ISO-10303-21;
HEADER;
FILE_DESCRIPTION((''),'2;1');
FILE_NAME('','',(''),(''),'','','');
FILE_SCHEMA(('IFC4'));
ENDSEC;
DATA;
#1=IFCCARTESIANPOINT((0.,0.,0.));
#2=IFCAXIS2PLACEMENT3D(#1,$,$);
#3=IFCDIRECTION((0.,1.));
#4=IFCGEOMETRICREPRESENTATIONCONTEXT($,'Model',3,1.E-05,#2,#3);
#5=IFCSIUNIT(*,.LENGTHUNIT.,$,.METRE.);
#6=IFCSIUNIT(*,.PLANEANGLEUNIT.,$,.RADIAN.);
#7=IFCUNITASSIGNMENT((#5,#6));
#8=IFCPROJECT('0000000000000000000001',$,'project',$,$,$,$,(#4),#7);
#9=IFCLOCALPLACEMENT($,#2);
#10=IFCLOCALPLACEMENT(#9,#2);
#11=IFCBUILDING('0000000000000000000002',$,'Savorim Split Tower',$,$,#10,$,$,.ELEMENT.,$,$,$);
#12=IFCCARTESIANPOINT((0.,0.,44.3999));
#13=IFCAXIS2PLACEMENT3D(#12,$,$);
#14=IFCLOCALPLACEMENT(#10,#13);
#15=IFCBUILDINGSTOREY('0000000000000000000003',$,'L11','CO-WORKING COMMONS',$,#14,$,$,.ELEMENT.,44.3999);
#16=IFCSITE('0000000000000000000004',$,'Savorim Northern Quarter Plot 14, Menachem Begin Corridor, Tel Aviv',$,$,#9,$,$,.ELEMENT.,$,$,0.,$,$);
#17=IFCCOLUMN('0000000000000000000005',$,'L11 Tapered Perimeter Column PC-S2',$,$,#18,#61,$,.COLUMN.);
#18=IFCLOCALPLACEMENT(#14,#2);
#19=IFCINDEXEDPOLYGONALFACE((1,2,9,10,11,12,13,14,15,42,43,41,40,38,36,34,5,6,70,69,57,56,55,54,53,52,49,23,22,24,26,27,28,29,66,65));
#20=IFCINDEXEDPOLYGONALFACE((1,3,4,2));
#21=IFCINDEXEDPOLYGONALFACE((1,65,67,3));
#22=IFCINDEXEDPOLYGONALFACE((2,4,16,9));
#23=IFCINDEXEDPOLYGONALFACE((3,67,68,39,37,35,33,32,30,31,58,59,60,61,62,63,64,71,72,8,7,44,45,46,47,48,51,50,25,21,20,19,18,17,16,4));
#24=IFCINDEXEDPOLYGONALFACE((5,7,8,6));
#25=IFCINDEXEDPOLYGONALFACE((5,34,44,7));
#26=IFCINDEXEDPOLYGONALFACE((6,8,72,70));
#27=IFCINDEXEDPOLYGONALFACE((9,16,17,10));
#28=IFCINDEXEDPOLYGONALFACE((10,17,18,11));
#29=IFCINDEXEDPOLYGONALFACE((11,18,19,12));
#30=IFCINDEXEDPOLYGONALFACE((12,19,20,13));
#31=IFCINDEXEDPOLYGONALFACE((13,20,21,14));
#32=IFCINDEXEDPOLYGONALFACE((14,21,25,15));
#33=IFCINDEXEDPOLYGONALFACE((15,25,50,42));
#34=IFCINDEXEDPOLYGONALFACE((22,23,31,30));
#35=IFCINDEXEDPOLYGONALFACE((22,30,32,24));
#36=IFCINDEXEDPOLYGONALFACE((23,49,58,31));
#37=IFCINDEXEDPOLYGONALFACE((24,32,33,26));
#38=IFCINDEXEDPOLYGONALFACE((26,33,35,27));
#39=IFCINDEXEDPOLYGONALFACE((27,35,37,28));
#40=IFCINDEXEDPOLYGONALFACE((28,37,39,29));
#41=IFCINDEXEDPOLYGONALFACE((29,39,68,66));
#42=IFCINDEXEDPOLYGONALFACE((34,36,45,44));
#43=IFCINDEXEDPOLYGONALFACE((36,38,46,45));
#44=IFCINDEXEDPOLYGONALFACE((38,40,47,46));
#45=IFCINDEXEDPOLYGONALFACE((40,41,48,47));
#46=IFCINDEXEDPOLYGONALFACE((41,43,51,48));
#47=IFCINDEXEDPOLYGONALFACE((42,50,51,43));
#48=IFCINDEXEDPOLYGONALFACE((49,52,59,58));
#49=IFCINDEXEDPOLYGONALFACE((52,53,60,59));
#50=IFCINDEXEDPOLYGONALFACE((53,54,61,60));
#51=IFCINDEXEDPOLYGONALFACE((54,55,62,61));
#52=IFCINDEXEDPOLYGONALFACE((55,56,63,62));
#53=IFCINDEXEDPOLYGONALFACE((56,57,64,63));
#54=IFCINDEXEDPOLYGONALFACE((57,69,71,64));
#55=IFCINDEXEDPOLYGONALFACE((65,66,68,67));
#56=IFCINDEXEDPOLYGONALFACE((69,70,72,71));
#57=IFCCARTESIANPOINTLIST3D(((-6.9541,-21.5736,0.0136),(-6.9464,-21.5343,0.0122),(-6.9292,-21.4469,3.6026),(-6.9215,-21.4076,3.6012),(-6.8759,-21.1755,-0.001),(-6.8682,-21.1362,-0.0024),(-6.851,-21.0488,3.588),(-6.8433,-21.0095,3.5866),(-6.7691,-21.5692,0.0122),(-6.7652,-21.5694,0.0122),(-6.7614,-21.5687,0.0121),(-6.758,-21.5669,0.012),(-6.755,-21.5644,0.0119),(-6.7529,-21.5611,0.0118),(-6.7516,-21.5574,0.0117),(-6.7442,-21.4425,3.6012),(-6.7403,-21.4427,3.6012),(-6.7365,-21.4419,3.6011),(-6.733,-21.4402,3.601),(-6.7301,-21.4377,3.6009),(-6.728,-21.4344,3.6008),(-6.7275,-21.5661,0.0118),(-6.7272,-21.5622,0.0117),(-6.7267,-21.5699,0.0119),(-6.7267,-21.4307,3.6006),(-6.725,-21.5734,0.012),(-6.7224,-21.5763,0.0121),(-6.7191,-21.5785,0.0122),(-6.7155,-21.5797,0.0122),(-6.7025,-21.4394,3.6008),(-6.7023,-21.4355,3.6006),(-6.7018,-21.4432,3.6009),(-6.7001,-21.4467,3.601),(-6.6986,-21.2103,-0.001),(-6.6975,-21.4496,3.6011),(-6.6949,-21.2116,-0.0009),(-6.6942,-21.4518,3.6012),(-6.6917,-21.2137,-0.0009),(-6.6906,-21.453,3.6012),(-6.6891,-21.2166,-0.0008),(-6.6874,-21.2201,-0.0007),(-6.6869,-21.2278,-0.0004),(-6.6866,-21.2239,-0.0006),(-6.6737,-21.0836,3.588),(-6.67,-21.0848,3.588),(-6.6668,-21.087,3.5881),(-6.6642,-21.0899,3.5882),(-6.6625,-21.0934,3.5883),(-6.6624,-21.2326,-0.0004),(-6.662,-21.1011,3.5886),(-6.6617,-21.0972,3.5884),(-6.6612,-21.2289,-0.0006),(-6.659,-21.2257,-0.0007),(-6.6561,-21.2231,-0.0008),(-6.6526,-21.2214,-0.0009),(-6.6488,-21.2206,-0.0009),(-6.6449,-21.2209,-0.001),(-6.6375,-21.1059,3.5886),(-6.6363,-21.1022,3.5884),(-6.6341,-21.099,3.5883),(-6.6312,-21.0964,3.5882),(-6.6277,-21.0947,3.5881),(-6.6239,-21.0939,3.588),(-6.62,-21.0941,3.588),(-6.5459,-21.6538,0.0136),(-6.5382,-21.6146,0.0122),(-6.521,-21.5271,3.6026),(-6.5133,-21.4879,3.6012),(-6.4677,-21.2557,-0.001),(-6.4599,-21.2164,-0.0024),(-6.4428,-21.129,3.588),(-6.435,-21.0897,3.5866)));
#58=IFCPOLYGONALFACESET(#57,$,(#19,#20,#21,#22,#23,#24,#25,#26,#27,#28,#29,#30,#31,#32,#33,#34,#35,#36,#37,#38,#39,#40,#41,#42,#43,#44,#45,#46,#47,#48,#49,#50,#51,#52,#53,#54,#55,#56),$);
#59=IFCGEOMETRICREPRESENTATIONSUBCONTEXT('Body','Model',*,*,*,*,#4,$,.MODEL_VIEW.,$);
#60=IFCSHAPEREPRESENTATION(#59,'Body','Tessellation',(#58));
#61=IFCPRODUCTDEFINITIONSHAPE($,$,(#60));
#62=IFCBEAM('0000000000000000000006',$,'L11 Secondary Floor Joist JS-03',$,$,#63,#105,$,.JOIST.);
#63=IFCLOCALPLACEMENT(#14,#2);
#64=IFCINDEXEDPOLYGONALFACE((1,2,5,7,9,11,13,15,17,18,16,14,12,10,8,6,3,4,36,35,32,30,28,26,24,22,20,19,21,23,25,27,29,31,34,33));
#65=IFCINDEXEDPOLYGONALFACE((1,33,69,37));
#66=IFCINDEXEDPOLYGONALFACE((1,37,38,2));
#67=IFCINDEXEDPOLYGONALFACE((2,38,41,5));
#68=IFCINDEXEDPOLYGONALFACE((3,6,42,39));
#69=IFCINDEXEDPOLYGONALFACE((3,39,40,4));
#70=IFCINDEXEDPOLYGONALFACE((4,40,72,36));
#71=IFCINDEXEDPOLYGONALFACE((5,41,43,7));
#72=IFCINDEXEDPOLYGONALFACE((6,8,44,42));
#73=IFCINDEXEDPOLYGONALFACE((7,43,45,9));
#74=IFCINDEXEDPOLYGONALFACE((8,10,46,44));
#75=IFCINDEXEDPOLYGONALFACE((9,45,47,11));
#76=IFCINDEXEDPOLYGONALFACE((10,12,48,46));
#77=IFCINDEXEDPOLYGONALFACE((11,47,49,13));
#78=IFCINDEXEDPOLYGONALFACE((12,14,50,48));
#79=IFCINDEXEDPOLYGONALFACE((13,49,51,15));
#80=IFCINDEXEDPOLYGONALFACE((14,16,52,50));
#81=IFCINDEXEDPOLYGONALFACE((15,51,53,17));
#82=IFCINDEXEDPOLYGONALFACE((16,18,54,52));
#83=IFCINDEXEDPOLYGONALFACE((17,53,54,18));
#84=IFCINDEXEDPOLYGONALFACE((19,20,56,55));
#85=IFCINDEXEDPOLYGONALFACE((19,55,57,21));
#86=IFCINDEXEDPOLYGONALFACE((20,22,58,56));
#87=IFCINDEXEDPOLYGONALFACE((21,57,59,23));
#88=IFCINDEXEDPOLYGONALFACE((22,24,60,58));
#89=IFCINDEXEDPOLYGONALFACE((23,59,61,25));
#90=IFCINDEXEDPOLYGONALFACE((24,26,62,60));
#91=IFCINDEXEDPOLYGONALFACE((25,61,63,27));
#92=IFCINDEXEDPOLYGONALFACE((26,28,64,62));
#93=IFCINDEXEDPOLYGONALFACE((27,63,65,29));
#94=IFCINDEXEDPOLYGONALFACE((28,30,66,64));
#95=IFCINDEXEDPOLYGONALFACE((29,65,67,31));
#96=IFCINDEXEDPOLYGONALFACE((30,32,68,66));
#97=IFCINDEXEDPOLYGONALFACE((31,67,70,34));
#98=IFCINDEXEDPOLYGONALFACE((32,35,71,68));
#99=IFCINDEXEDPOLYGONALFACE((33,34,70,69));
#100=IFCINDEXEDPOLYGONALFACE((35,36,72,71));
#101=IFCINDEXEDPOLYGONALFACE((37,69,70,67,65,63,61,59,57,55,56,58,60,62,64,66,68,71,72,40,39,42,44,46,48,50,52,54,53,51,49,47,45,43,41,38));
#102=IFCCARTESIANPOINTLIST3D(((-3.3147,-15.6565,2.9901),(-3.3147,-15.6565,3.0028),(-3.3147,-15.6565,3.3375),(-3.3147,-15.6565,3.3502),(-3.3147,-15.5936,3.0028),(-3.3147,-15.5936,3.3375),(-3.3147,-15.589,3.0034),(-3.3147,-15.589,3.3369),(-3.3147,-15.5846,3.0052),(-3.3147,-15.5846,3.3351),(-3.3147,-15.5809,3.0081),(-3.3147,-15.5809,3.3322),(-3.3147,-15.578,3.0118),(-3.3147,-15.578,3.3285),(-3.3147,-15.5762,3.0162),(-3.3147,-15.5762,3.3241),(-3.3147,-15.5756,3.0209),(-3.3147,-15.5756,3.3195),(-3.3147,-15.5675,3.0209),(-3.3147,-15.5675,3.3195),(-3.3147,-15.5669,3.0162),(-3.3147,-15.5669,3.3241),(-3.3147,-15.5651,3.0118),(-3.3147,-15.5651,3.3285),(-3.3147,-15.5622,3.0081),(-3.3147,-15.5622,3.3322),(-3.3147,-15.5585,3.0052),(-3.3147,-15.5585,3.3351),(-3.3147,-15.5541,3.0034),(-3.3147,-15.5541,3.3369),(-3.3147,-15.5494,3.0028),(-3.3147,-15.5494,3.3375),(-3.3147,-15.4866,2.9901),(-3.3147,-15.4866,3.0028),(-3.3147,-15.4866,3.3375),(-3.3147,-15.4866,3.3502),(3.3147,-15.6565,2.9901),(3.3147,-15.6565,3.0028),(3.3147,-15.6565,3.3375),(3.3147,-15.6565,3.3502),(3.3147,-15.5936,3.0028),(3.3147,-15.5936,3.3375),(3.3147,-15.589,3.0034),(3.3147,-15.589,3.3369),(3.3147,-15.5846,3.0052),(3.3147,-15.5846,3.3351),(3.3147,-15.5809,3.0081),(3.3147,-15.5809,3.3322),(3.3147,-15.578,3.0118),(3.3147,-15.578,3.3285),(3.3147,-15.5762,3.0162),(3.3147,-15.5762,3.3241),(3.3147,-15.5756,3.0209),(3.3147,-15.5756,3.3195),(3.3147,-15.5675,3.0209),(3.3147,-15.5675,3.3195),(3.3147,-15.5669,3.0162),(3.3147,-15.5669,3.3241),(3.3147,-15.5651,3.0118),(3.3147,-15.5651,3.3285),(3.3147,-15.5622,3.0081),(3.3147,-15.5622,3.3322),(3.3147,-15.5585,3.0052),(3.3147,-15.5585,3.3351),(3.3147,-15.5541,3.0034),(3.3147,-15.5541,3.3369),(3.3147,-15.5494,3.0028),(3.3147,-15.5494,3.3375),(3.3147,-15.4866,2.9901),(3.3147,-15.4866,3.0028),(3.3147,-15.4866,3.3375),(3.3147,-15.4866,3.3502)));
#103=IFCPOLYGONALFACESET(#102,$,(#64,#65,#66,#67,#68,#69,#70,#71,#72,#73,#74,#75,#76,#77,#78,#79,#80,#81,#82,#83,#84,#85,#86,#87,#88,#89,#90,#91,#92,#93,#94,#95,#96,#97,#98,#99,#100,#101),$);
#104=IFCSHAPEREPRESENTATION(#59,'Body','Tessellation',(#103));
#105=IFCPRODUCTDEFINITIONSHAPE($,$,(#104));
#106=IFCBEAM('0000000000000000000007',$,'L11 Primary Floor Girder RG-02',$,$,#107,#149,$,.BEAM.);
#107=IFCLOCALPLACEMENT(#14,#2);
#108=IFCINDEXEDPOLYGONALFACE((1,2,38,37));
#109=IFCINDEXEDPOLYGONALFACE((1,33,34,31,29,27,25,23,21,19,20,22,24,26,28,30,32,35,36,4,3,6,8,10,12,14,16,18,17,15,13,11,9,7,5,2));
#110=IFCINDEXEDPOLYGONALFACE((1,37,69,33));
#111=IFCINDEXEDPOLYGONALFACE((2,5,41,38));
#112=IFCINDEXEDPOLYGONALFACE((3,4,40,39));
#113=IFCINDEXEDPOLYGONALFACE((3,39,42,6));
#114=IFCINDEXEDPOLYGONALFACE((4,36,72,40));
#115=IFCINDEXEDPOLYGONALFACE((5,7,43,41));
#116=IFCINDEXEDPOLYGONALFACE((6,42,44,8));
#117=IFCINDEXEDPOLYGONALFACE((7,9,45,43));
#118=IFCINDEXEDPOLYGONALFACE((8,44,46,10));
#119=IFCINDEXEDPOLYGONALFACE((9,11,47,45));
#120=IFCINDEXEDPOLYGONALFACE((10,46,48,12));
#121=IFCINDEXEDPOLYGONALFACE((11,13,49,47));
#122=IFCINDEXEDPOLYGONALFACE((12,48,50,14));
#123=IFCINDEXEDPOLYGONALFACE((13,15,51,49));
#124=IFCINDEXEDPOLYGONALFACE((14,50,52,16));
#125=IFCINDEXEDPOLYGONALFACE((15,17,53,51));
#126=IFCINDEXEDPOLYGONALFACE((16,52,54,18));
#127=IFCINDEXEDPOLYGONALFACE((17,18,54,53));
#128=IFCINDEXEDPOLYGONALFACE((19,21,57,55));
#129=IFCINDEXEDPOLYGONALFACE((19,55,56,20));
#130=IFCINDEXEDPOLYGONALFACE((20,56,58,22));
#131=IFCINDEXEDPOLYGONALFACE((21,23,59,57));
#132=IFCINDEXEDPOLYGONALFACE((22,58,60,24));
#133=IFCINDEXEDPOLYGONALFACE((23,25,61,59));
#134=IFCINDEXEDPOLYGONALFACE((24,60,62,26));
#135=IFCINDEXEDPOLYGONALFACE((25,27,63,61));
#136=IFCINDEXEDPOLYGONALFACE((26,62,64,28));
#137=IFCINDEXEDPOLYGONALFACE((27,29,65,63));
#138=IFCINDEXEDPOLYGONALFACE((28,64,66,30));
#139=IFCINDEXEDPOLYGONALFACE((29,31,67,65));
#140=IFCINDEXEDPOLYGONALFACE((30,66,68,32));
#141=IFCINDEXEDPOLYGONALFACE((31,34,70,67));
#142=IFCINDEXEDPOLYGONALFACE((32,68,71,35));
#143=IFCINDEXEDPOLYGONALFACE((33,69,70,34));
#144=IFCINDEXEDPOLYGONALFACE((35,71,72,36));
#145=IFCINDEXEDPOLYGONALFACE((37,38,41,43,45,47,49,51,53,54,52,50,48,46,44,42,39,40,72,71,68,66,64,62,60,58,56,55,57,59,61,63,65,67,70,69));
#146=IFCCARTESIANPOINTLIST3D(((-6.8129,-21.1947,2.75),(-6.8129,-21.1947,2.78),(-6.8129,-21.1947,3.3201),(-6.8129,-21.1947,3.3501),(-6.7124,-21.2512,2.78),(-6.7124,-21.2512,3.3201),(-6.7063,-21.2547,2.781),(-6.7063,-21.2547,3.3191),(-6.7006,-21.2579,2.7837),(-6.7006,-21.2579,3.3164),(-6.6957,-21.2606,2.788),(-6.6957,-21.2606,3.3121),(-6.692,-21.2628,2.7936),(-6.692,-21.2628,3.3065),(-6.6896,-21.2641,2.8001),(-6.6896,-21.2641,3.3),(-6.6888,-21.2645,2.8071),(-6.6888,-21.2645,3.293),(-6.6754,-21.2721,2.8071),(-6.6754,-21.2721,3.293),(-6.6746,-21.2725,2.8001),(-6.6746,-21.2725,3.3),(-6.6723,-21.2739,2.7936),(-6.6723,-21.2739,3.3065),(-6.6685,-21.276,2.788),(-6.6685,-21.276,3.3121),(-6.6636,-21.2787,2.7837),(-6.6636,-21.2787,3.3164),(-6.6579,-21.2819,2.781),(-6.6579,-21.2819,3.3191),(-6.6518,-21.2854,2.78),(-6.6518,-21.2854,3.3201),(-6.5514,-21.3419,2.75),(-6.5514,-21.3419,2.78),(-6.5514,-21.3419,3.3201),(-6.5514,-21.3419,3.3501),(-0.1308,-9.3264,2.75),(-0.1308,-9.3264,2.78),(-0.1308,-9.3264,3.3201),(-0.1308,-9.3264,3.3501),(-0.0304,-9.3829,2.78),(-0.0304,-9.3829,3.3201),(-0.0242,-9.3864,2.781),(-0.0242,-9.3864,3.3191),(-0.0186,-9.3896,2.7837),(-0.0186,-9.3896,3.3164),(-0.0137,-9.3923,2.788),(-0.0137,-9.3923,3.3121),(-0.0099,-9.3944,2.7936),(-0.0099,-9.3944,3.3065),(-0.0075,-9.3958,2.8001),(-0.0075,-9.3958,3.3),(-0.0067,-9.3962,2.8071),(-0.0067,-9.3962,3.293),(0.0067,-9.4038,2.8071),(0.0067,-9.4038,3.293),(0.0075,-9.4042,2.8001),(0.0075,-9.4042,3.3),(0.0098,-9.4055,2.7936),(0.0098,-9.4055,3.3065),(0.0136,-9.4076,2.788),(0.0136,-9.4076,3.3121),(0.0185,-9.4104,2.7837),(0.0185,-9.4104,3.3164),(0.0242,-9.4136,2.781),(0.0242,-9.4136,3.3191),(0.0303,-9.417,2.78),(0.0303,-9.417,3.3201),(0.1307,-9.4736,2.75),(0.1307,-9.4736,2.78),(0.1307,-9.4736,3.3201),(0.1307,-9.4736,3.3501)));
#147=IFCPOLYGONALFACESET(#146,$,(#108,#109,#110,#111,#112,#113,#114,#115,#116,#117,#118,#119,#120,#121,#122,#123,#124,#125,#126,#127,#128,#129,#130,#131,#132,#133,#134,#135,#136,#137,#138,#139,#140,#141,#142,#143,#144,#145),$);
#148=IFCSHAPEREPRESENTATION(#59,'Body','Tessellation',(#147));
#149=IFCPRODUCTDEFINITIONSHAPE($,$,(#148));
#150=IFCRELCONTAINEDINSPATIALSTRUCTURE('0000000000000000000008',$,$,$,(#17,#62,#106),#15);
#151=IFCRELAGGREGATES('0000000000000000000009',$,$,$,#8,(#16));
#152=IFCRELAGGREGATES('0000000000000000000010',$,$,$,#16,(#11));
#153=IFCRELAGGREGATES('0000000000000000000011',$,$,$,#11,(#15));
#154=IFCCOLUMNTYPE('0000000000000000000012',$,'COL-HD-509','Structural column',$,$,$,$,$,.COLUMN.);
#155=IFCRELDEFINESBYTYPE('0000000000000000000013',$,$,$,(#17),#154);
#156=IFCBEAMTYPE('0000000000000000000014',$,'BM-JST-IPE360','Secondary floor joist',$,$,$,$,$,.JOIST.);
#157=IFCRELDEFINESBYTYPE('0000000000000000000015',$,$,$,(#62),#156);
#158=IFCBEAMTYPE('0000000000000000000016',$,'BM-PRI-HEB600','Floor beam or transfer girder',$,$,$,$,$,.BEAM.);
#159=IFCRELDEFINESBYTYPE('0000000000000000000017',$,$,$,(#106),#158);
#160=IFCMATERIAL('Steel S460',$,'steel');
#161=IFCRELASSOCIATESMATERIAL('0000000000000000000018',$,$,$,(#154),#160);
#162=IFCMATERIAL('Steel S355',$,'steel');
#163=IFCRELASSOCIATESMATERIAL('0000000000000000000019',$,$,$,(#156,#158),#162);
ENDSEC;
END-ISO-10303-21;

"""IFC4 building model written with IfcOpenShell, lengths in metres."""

from ifc_helpers import new_model, si_unit, direction, frame, origin, origin_2d, place, context, subcontext, project, spatial, i_section, extrude, material, material_profile, profile_set, type_object, element, save


model = new_model("IFC4")

# Units and contexts
model_context = context("Model", 3, precision=1e-05, world=origin(), true_north=direction((0.0, 1.0)))
body_context = subcontext(model_context, "Body", "Model", "MODEL_VIEW")
ifc_project = project(units=[si_unit("LENGTHUNIT", "METRE"), si_unit("PLANEANGLEUNIT", "RADIAN")], contexts=[model_context])

# Site, building, storey
site_placement = place(None, origin())
site = spatial("IfcSite", under=ifc_project, at=site_placement, Name="Savorim Northern Quarter Plot 14, Menachem Begin Corridor, Tel Aviv", CompositionType="ELEMENT", RefElevation=0.0)
building_placement = place(site_placement, origin())
building = spatial("IfcBuilding", under=site, at=building_placement, Name="Savorim Split Tower", CompositionType="ELEMENT")
storey_placement = place(building_placement, frame((0.0, 0.0, 44.3999)))
storey = spatial("IfcBuildingStorey", under=building, at=storey_placement, Name="L11", Description="CO-WORKING COMMONS", CompositionType="ELEMENT", Elevation=44.3999)

# Column
ifc_material_1 = material(Name="Steel S460", Category="steel")
ifc_material_profile_1 = material_profile(ifc_material_1, i_section(OverallWidth=0.416, OverallDepth=0.446, WebThickness=0.0249, FlangeThickness=0.04, FilletRadius=0.0149, at=origin_2d()), Name="HD 400x509")
ifc_profile_set_1 = profile_set([ifc_material_profile_1], Name="Steel S460")
column_type = type_object("IfcColumnType", Name="COL-HD-509", Description="Structural column", PredefinedType="COLUMN", material=ifc_profile_set_1)
column_placement = place(storey_placement, frame((-6.707, -21.395, 0.0056), z_axis=(0.006934, 0.035283, 0.999353), x_axis=(-0.98123, 0.192843, 0.0)))
element("IfcColumn", 1, at=column_placement, inside=storey, type_object=column_type, Name="L11 Tapered Perimeter Column PC-S2", PredefinedType="COLUMN", context=body_context, shape_type="SweptSolid", body=[
    extrude(i_section(OverallWidth=0.416, OverallDepth=0.446, WebThickness=0.0249, FlangeThickness=0.04, FilletRadius=0.0149, at=origin_2d()), origin(), (0.0, 0.0, 1.0), 3.5913),
])

# Beams
ifc_material_2 = material(Name="Steel S355", Category="steel")
ifc_material_profile_2 = material_profile(ifc_material_2, i_section(OverallWidth=0.1699, OverallDepth=0.3601, WebThickness=0.0081, FlangeThickness=0.0127, FilletRadius=0.0181, at=origin_2d()), Name="IPE 360")
ifc_profile_set_2 = profile_set([ifc_material_profile_2], Name="Steel S355")
beam_type_1 = type_object("IfcBeamType", Name="BM-JST-IPE360", Description="Secondary floor joist", PredefinedType="JOIST", material=ifc_profile_set_2)
beam_1_placement = place(storey_placement, frame((-3.3147, -15.5715, 3.1702), z_axis=(1.0, 0.0, 0.0), x_axis=(0.0, 1.0, 0.0)))
element("IfcBeam", 2, at=beam_1_placement, inside=storey, type_object=beam_type_1, Name="L11 Secondary Floor Joist JS-03", PredefinedType="JOIST", context=body_context, shape_type="SweptSolid", body=[
    extrude(i_section(OverallWidth=0.1699, OverallDepth=0.3601, WebThickness=0.0081, FlangeThickness=0.0127, FilletRadius=0.0181, at=origin_2d()), origin(), (0.0, 0.0, 1.0), 6.6294),
])
ifc_material_profile_3 = material_profile(ifc_material_2, i_section(OverallWidth=0.3, OverallDepth=0.6001, WebThickness=0.0154, FlangeThickness=0.03, FilletRadius=0.0271, at=origin_2d()), Name="HEB 600")
ifc_profile_set_3 = profile_set([ifc_material_profile_3], Name="Steel S355")
beam_type_2 = type_object("IfcBeamType", Name="BM-PRI-HEB600", Description="Floor beam or transfer girder", PredefinedType="BEAM", material=ifc_profile_set_3)
beam_2_placement = place(storey_placement, frame((-6.6821, -21.2683, 3.05), z_axis=(0.490604, 0.871383, 0.0), x_axis=(-0.871383, 0.490604, 0.0)))
element("IfcBeam", 3, at=beam_2_placement, inside=storey, type_object=beam_type_2, Name="L11 Primary Floor Girder RG-02", PredefinedType="BEAM", context=body_context, shape_type="SweptSolid", body=[
    extrude(i_section(OverallWidth=0.3, OverallDepth=0.6001, WebThickness=0.0154, FlangeThickness=0.03, FilletRadius=0.0271, at=origin_2d()), origin(), (0.0, 0.0, 1.0), 13.6201),
])

save(model, "model.ifc")
